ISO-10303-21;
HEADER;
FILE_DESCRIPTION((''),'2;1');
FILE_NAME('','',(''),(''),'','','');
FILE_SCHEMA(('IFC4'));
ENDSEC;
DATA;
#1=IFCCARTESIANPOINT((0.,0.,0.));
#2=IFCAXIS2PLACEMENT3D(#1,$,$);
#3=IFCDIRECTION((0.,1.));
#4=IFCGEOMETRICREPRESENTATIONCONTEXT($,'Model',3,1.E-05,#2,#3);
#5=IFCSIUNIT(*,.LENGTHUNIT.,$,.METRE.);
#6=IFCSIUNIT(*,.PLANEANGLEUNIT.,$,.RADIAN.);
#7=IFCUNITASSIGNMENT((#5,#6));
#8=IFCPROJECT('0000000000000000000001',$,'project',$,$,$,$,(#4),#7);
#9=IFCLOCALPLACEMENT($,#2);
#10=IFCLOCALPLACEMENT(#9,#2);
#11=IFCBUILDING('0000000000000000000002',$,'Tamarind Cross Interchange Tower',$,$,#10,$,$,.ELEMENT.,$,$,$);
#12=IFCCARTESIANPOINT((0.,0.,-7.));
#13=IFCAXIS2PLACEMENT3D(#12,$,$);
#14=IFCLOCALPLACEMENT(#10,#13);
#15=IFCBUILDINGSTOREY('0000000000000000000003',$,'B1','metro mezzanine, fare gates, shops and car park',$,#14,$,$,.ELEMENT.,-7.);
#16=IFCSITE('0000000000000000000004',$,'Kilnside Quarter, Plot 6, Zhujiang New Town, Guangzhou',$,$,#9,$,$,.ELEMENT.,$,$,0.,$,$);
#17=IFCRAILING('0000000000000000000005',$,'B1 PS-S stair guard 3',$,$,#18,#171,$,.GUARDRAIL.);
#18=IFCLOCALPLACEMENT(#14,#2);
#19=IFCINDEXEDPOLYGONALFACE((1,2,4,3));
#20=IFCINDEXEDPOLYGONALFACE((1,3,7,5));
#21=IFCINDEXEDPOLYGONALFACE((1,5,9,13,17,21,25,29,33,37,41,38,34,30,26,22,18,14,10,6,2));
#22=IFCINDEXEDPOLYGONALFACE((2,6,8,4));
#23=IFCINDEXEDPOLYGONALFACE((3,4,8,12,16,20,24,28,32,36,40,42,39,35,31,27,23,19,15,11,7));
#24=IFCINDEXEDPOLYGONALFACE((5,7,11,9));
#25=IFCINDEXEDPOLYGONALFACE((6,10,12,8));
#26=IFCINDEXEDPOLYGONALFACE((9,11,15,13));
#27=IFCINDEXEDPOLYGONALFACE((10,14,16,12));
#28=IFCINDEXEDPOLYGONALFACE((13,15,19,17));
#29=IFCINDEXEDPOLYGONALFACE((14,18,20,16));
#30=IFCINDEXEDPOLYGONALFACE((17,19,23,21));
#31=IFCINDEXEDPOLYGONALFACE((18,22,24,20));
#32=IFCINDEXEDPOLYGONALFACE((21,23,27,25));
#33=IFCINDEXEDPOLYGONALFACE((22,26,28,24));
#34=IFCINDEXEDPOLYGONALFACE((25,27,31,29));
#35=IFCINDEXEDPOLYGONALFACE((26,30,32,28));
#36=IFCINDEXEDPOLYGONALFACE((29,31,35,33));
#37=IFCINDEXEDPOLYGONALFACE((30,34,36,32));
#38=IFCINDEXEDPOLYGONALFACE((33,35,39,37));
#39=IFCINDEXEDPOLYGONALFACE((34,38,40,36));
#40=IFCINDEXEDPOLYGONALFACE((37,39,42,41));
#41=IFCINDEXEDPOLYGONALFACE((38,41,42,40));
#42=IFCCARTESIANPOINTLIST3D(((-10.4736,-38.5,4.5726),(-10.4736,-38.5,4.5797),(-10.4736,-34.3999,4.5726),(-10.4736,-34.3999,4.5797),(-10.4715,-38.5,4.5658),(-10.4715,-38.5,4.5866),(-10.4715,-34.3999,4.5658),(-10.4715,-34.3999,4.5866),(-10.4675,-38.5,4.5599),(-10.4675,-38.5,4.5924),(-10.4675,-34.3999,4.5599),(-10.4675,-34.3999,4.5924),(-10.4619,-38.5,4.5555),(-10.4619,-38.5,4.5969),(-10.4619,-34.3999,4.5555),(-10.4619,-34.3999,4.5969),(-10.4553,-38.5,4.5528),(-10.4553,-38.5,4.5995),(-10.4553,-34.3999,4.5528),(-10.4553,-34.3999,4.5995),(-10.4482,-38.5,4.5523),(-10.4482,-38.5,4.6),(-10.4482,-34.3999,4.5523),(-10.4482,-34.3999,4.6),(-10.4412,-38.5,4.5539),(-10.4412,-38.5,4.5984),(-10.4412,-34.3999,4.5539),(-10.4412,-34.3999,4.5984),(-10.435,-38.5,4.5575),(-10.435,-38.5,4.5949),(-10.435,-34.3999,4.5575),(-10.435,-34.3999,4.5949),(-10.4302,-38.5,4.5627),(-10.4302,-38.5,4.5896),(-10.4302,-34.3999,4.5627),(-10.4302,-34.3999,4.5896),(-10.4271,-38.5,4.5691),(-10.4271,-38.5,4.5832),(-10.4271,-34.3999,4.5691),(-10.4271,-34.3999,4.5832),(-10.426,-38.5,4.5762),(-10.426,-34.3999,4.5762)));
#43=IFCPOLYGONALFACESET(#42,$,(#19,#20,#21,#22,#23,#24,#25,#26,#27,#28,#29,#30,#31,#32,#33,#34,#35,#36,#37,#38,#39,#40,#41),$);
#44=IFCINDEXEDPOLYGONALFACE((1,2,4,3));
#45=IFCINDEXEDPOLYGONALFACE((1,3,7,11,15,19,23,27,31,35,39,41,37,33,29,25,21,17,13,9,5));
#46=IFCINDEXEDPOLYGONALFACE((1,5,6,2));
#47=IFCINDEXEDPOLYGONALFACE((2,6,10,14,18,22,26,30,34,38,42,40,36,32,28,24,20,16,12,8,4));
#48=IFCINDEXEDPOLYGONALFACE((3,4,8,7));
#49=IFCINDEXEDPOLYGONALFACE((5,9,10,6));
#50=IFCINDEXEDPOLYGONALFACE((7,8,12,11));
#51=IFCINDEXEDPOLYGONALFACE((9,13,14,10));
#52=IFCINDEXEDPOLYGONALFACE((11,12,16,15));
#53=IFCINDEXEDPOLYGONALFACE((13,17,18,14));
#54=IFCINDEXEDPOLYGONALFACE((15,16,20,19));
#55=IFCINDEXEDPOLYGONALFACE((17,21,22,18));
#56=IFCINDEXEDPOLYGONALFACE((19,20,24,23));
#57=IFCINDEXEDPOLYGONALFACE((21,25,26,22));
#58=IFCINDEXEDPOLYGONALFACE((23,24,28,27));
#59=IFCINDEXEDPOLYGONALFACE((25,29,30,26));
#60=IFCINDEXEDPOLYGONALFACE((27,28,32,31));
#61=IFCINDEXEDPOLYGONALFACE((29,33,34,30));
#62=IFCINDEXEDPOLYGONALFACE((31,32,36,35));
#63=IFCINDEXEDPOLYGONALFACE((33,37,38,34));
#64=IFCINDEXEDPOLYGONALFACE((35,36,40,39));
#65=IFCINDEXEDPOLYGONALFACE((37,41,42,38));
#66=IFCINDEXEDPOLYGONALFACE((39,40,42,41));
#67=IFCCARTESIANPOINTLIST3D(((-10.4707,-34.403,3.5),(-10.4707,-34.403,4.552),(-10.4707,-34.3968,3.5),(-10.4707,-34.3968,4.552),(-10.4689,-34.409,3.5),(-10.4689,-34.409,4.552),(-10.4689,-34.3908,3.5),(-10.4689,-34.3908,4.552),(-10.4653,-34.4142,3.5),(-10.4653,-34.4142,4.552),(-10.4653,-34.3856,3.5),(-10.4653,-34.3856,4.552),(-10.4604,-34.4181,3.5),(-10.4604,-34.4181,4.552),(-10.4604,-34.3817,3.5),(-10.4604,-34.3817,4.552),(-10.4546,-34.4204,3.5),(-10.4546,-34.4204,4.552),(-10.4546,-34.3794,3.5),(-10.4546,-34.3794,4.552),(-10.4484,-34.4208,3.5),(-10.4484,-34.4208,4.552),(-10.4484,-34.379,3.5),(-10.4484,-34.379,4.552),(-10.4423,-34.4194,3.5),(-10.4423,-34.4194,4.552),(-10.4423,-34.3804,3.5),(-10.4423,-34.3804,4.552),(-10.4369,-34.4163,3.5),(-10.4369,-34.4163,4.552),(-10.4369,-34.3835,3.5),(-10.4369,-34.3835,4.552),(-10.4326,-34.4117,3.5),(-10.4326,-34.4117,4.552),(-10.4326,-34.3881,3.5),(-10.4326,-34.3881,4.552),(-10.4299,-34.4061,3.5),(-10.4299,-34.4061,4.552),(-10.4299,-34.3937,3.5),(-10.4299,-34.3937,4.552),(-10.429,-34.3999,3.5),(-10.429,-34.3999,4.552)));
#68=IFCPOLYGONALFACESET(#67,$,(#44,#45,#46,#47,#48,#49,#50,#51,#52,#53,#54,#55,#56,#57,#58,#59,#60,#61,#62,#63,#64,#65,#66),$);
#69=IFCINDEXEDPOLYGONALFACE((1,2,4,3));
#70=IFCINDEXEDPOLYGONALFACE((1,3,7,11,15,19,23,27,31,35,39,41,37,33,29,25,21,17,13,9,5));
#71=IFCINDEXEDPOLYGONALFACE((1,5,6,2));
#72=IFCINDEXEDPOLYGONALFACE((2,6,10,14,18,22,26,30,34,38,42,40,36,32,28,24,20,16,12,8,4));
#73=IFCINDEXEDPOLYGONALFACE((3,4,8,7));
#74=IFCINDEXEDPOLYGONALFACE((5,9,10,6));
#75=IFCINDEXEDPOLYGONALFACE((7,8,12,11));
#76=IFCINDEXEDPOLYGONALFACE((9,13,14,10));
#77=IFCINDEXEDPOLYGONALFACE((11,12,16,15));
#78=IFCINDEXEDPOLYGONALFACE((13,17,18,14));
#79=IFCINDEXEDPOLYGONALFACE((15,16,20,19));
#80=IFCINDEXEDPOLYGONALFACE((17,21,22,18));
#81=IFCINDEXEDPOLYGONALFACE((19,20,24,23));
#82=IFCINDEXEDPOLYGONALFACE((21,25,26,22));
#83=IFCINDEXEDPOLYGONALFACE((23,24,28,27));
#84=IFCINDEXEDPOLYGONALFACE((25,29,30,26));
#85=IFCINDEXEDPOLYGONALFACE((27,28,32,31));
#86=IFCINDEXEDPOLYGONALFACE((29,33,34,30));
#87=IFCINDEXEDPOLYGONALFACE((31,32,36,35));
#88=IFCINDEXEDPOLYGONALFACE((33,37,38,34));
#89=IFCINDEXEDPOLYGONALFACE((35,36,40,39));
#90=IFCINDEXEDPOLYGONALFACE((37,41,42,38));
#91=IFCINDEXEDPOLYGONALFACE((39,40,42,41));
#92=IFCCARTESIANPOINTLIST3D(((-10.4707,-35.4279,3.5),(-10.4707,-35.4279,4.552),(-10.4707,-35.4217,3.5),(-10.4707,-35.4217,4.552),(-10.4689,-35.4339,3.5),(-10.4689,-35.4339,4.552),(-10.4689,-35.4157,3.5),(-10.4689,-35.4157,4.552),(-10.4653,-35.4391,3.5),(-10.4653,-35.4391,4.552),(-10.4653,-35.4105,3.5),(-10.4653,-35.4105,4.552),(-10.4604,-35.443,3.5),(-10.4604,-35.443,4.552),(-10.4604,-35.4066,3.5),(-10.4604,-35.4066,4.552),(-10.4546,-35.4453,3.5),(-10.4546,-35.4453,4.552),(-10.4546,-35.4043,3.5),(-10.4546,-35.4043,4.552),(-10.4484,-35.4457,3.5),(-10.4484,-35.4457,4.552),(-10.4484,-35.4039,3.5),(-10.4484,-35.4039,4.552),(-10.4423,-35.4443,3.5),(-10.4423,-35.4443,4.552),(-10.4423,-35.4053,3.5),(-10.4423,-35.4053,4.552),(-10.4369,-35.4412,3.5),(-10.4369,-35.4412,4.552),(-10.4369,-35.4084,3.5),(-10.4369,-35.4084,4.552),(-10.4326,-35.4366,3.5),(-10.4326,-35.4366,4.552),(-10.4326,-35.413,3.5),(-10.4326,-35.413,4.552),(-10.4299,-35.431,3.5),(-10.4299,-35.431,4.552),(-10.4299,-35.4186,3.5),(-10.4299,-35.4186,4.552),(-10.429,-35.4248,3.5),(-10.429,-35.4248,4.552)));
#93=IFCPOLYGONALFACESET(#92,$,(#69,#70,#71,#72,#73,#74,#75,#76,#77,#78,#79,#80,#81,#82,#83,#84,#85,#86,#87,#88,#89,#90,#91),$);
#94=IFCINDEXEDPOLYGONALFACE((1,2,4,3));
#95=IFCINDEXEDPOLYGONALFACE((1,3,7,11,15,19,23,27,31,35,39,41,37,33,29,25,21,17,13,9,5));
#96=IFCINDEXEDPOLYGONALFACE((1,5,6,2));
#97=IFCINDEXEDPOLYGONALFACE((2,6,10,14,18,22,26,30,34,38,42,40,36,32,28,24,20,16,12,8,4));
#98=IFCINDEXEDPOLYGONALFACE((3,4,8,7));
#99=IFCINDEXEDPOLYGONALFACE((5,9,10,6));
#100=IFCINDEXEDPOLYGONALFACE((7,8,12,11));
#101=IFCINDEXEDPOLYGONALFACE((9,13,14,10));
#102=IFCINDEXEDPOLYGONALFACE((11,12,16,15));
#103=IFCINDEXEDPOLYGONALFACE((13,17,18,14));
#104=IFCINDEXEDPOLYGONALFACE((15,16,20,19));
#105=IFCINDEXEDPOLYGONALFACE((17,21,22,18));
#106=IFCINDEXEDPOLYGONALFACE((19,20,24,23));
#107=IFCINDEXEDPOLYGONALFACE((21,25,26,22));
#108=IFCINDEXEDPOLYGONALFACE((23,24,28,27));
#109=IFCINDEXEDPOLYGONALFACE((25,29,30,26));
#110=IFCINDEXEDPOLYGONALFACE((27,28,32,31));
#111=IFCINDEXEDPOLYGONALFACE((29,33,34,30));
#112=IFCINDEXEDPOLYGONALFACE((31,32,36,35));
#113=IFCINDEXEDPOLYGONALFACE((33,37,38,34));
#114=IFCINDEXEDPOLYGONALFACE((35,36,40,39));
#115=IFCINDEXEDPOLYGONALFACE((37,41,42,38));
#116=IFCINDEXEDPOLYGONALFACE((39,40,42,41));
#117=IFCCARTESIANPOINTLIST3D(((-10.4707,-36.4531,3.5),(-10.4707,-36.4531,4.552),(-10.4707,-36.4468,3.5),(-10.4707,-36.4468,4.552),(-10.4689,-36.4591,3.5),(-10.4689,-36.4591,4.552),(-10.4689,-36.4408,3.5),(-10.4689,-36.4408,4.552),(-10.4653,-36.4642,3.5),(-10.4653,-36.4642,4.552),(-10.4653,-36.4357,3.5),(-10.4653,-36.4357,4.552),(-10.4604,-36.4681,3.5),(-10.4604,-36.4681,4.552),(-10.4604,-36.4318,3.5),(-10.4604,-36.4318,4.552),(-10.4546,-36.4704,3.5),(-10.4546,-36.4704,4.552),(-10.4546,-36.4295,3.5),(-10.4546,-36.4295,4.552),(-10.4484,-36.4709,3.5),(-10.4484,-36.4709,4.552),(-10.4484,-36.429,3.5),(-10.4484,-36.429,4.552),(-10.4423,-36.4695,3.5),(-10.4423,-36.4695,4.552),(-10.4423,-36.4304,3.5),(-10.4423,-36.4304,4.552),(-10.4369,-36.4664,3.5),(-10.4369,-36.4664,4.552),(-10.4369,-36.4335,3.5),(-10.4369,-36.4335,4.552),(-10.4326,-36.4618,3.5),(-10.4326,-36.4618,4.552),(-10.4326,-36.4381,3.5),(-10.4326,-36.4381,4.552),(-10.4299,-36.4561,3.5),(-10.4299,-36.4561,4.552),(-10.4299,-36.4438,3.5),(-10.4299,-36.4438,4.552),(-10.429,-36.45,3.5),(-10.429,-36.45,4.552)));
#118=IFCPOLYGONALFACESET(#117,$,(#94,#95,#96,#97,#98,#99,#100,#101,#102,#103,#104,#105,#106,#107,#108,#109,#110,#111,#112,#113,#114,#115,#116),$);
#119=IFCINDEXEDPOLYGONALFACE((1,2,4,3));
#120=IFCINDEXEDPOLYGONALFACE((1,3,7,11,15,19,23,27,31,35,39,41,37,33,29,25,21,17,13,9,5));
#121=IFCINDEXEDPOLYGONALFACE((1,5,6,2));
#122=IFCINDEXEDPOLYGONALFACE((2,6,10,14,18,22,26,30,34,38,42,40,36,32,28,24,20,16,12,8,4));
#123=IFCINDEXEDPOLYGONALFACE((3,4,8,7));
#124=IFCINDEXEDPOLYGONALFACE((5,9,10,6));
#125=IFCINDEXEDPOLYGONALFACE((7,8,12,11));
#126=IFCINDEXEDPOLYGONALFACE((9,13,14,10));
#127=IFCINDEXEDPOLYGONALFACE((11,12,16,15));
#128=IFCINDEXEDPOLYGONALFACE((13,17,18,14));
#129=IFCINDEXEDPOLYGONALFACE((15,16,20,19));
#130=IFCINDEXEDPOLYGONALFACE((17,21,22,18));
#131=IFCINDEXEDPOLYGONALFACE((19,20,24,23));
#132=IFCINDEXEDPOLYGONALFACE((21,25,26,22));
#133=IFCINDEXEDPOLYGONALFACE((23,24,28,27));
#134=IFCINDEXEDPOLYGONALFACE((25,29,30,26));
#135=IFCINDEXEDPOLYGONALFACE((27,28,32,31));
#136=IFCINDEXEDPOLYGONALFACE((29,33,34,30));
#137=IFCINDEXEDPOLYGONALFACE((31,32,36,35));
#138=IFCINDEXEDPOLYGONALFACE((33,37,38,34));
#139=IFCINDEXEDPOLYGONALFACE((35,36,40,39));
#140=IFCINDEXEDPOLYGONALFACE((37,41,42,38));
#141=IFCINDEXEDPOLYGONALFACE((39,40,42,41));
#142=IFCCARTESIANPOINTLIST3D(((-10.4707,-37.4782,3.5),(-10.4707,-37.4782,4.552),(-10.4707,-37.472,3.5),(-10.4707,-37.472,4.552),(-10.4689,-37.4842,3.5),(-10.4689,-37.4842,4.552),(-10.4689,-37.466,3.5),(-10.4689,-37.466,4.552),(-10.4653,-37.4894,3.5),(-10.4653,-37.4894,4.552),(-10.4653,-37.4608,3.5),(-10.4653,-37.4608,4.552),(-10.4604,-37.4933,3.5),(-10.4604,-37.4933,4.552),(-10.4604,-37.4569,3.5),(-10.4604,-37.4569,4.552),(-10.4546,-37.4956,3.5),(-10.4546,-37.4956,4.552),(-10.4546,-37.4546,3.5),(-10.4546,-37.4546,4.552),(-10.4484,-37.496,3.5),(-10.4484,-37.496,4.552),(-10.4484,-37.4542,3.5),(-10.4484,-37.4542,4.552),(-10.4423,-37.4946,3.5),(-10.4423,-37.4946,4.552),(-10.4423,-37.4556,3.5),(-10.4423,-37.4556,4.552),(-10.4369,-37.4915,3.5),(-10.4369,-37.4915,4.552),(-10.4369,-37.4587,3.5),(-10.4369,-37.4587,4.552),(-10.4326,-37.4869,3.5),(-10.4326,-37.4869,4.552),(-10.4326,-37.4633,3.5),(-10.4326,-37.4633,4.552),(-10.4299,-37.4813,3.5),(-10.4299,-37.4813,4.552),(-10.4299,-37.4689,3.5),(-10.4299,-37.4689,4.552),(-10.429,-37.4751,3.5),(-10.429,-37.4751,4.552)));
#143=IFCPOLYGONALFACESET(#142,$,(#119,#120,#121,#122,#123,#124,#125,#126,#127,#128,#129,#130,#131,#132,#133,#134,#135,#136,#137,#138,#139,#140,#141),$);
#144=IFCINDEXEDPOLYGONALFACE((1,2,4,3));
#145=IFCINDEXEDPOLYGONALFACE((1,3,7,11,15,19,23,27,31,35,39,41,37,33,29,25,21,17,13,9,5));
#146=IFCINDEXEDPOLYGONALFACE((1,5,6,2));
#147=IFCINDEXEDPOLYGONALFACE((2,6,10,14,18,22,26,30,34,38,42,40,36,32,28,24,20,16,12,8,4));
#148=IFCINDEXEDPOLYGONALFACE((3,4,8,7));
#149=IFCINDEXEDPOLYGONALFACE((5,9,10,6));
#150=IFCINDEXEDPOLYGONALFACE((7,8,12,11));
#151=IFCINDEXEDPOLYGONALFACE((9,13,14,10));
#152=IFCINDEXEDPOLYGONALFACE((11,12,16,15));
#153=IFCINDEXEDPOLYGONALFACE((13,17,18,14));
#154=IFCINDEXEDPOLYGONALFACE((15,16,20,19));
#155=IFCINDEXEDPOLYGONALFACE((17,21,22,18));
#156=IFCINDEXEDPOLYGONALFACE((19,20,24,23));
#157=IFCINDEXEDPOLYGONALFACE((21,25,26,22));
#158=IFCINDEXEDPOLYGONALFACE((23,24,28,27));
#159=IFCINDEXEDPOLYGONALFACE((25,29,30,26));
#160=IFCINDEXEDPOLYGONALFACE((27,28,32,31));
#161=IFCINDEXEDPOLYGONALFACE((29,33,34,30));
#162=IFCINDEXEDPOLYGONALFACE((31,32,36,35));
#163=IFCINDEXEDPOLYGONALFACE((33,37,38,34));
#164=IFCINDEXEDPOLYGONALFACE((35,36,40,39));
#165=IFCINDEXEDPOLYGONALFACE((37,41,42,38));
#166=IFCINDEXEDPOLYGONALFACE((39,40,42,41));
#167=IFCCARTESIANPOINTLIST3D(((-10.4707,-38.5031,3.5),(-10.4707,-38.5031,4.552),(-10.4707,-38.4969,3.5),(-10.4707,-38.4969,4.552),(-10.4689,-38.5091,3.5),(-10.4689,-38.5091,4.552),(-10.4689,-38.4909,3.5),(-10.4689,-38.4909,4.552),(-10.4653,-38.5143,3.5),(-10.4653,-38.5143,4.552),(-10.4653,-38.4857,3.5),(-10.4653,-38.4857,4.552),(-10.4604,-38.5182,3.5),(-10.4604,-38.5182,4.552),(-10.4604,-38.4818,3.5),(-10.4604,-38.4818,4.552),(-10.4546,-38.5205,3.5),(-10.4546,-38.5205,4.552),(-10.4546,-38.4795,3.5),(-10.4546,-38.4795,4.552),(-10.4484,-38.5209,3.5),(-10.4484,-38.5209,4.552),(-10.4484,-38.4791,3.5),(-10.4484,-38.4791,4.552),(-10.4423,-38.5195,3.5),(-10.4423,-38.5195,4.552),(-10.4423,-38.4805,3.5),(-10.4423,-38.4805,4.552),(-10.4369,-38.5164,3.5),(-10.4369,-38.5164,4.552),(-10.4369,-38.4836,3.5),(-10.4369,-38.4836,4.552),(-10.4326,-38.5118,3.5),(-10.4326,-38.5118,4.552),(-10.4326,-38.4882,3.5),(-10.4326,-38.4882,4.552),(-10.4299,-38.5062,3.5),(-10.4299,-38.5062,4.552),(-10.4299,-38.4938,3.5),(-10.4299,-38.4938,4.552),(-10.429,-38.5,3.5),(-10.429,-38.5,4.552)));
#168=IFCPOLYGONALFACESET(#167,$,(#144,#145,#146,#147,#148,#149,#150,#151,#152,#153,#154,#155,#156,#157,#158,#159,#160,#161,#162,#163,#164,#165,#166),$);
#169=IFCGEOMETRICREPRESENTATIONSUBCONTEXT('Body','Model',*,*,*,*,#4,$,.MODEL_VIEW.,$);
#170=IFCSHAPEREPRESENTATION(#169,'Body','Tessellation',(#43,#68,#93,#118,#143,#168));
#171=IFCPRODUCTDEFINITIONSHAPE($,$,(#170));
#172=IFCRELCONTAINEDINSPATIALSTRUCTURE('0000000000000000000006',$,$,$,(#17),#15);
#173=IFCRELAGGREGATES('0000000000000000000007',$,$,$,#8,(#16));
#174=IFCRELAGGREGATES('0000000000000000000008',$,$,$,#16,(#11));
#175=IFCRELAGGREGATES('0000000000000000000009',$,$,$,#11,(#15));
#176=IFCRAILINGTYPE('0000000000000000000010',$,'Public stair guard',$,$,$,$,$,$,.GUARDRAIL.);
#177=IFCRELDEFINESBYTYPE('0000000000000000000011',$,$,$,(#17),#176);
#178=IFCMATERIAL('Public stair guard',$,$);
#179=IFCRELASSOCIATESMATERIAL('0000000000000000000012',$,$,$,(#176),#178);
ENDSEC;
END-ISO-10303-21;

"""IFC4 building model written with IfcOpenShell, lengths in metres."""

from ifc_helpers import new_model, si_unit, direction, frame, origin, origin_2d, place, context, subcontext, project, spatial, circle, extrude, material, type_object, element, save


model = new_model("IFC4")

# Units and contexts
model_context = context("Model", 3, precision=1e-05, world=origin(), true_north=direction((0.0, 1.0)))
body_context = subcontext(model_context, "Body", "Model", "MODEL_VIEW")
ifc_project = project(units=[si_unit("LENGTHUNIT", "METRE"), si_unit("PLANEANGLEUNIT", "RADIAN")], contexts=[model_context])

# Site, building, storey
site_placement = place(None, origin())
site = spatial("IfcSite", under=ifc_project, at=site_placement, Name="Kilnside Quarter, Plot 6, Zhujiang New Town, Guangzhou", CompositionType="ELEMENT", RefElevation=0.0)
building_placement = place(site_placement, origin())
building = spatial("IfcBuilding", under=site, at=building_placement, Name="Tamarind Cross Interchange Tower", CompositionType="ELEMENT")
storey_placement = place(building_placement, frame((0.0, 0.0, -7.0)))
storey = spatial("IfcBuildingStorey", under=building, at=storey_placement, Name="B1", Description="metro mezzanine, fare gates, shops and car park", CompositionType="ELEMENT", Elevation=-7.0)

# Railing
ifc_material_1 = material(Name="Public stair guard")
railing_type_1 = type_object("IfcRailingType", Name="Public stair guard", PredefinedType="GUARDRAIL", material=ifc_material_1)
for number, where, name in (
    (1, (-10.45, -34.3999, 3.5), "B1 PS-S stair guard 3"),
):
    element("IfcRailing", number, at=place(storey_placement, frame(where)), inside=storey, type_object=railing_type_1, Name=name, PredefinedType="GUARDRAIL", context=body_context, shape_type="SweptSolid", body=[
        extrude(circle(Radius=0.0239, at=origin_2d()), frame((0.0, 0.0, 1.0762), z_axis=(0.0, -1.0, 0.0), x_axis=(1.0, 0.0, 0.0)), (0.0, 0.0, 1.0), 4.1001),
        extrude(circle(Radius=0.021, at=origin_2d()), origin(), (0.0, 0.0, 1.0), 1.052),
        extrude(circle(Radius=0.021, at=origin_2d()), frame((0.0, -1.0249, 0.0)), (0.0, 0.0, 1.0), 1.052),
        extrude(circle(Radius=0.021, at=origin_2d()), frame((0.0, -2.05, 0.0)), (0.0, 0.0, 1.0), 1.052),
        extrude(circle(Radius=0.021, at=origin_2d()), frame((0.0, -3.0752, 0.0)), (0.0, 0.0, 1.0), 1.052),
        extrude(circle(Radius=0.021, at=origin_2d()), frame((0.0, -4.1001, 0.0)), (0.0, 0.0, 1.0), 1.052),
    ])

save(model, "model.ifc")
